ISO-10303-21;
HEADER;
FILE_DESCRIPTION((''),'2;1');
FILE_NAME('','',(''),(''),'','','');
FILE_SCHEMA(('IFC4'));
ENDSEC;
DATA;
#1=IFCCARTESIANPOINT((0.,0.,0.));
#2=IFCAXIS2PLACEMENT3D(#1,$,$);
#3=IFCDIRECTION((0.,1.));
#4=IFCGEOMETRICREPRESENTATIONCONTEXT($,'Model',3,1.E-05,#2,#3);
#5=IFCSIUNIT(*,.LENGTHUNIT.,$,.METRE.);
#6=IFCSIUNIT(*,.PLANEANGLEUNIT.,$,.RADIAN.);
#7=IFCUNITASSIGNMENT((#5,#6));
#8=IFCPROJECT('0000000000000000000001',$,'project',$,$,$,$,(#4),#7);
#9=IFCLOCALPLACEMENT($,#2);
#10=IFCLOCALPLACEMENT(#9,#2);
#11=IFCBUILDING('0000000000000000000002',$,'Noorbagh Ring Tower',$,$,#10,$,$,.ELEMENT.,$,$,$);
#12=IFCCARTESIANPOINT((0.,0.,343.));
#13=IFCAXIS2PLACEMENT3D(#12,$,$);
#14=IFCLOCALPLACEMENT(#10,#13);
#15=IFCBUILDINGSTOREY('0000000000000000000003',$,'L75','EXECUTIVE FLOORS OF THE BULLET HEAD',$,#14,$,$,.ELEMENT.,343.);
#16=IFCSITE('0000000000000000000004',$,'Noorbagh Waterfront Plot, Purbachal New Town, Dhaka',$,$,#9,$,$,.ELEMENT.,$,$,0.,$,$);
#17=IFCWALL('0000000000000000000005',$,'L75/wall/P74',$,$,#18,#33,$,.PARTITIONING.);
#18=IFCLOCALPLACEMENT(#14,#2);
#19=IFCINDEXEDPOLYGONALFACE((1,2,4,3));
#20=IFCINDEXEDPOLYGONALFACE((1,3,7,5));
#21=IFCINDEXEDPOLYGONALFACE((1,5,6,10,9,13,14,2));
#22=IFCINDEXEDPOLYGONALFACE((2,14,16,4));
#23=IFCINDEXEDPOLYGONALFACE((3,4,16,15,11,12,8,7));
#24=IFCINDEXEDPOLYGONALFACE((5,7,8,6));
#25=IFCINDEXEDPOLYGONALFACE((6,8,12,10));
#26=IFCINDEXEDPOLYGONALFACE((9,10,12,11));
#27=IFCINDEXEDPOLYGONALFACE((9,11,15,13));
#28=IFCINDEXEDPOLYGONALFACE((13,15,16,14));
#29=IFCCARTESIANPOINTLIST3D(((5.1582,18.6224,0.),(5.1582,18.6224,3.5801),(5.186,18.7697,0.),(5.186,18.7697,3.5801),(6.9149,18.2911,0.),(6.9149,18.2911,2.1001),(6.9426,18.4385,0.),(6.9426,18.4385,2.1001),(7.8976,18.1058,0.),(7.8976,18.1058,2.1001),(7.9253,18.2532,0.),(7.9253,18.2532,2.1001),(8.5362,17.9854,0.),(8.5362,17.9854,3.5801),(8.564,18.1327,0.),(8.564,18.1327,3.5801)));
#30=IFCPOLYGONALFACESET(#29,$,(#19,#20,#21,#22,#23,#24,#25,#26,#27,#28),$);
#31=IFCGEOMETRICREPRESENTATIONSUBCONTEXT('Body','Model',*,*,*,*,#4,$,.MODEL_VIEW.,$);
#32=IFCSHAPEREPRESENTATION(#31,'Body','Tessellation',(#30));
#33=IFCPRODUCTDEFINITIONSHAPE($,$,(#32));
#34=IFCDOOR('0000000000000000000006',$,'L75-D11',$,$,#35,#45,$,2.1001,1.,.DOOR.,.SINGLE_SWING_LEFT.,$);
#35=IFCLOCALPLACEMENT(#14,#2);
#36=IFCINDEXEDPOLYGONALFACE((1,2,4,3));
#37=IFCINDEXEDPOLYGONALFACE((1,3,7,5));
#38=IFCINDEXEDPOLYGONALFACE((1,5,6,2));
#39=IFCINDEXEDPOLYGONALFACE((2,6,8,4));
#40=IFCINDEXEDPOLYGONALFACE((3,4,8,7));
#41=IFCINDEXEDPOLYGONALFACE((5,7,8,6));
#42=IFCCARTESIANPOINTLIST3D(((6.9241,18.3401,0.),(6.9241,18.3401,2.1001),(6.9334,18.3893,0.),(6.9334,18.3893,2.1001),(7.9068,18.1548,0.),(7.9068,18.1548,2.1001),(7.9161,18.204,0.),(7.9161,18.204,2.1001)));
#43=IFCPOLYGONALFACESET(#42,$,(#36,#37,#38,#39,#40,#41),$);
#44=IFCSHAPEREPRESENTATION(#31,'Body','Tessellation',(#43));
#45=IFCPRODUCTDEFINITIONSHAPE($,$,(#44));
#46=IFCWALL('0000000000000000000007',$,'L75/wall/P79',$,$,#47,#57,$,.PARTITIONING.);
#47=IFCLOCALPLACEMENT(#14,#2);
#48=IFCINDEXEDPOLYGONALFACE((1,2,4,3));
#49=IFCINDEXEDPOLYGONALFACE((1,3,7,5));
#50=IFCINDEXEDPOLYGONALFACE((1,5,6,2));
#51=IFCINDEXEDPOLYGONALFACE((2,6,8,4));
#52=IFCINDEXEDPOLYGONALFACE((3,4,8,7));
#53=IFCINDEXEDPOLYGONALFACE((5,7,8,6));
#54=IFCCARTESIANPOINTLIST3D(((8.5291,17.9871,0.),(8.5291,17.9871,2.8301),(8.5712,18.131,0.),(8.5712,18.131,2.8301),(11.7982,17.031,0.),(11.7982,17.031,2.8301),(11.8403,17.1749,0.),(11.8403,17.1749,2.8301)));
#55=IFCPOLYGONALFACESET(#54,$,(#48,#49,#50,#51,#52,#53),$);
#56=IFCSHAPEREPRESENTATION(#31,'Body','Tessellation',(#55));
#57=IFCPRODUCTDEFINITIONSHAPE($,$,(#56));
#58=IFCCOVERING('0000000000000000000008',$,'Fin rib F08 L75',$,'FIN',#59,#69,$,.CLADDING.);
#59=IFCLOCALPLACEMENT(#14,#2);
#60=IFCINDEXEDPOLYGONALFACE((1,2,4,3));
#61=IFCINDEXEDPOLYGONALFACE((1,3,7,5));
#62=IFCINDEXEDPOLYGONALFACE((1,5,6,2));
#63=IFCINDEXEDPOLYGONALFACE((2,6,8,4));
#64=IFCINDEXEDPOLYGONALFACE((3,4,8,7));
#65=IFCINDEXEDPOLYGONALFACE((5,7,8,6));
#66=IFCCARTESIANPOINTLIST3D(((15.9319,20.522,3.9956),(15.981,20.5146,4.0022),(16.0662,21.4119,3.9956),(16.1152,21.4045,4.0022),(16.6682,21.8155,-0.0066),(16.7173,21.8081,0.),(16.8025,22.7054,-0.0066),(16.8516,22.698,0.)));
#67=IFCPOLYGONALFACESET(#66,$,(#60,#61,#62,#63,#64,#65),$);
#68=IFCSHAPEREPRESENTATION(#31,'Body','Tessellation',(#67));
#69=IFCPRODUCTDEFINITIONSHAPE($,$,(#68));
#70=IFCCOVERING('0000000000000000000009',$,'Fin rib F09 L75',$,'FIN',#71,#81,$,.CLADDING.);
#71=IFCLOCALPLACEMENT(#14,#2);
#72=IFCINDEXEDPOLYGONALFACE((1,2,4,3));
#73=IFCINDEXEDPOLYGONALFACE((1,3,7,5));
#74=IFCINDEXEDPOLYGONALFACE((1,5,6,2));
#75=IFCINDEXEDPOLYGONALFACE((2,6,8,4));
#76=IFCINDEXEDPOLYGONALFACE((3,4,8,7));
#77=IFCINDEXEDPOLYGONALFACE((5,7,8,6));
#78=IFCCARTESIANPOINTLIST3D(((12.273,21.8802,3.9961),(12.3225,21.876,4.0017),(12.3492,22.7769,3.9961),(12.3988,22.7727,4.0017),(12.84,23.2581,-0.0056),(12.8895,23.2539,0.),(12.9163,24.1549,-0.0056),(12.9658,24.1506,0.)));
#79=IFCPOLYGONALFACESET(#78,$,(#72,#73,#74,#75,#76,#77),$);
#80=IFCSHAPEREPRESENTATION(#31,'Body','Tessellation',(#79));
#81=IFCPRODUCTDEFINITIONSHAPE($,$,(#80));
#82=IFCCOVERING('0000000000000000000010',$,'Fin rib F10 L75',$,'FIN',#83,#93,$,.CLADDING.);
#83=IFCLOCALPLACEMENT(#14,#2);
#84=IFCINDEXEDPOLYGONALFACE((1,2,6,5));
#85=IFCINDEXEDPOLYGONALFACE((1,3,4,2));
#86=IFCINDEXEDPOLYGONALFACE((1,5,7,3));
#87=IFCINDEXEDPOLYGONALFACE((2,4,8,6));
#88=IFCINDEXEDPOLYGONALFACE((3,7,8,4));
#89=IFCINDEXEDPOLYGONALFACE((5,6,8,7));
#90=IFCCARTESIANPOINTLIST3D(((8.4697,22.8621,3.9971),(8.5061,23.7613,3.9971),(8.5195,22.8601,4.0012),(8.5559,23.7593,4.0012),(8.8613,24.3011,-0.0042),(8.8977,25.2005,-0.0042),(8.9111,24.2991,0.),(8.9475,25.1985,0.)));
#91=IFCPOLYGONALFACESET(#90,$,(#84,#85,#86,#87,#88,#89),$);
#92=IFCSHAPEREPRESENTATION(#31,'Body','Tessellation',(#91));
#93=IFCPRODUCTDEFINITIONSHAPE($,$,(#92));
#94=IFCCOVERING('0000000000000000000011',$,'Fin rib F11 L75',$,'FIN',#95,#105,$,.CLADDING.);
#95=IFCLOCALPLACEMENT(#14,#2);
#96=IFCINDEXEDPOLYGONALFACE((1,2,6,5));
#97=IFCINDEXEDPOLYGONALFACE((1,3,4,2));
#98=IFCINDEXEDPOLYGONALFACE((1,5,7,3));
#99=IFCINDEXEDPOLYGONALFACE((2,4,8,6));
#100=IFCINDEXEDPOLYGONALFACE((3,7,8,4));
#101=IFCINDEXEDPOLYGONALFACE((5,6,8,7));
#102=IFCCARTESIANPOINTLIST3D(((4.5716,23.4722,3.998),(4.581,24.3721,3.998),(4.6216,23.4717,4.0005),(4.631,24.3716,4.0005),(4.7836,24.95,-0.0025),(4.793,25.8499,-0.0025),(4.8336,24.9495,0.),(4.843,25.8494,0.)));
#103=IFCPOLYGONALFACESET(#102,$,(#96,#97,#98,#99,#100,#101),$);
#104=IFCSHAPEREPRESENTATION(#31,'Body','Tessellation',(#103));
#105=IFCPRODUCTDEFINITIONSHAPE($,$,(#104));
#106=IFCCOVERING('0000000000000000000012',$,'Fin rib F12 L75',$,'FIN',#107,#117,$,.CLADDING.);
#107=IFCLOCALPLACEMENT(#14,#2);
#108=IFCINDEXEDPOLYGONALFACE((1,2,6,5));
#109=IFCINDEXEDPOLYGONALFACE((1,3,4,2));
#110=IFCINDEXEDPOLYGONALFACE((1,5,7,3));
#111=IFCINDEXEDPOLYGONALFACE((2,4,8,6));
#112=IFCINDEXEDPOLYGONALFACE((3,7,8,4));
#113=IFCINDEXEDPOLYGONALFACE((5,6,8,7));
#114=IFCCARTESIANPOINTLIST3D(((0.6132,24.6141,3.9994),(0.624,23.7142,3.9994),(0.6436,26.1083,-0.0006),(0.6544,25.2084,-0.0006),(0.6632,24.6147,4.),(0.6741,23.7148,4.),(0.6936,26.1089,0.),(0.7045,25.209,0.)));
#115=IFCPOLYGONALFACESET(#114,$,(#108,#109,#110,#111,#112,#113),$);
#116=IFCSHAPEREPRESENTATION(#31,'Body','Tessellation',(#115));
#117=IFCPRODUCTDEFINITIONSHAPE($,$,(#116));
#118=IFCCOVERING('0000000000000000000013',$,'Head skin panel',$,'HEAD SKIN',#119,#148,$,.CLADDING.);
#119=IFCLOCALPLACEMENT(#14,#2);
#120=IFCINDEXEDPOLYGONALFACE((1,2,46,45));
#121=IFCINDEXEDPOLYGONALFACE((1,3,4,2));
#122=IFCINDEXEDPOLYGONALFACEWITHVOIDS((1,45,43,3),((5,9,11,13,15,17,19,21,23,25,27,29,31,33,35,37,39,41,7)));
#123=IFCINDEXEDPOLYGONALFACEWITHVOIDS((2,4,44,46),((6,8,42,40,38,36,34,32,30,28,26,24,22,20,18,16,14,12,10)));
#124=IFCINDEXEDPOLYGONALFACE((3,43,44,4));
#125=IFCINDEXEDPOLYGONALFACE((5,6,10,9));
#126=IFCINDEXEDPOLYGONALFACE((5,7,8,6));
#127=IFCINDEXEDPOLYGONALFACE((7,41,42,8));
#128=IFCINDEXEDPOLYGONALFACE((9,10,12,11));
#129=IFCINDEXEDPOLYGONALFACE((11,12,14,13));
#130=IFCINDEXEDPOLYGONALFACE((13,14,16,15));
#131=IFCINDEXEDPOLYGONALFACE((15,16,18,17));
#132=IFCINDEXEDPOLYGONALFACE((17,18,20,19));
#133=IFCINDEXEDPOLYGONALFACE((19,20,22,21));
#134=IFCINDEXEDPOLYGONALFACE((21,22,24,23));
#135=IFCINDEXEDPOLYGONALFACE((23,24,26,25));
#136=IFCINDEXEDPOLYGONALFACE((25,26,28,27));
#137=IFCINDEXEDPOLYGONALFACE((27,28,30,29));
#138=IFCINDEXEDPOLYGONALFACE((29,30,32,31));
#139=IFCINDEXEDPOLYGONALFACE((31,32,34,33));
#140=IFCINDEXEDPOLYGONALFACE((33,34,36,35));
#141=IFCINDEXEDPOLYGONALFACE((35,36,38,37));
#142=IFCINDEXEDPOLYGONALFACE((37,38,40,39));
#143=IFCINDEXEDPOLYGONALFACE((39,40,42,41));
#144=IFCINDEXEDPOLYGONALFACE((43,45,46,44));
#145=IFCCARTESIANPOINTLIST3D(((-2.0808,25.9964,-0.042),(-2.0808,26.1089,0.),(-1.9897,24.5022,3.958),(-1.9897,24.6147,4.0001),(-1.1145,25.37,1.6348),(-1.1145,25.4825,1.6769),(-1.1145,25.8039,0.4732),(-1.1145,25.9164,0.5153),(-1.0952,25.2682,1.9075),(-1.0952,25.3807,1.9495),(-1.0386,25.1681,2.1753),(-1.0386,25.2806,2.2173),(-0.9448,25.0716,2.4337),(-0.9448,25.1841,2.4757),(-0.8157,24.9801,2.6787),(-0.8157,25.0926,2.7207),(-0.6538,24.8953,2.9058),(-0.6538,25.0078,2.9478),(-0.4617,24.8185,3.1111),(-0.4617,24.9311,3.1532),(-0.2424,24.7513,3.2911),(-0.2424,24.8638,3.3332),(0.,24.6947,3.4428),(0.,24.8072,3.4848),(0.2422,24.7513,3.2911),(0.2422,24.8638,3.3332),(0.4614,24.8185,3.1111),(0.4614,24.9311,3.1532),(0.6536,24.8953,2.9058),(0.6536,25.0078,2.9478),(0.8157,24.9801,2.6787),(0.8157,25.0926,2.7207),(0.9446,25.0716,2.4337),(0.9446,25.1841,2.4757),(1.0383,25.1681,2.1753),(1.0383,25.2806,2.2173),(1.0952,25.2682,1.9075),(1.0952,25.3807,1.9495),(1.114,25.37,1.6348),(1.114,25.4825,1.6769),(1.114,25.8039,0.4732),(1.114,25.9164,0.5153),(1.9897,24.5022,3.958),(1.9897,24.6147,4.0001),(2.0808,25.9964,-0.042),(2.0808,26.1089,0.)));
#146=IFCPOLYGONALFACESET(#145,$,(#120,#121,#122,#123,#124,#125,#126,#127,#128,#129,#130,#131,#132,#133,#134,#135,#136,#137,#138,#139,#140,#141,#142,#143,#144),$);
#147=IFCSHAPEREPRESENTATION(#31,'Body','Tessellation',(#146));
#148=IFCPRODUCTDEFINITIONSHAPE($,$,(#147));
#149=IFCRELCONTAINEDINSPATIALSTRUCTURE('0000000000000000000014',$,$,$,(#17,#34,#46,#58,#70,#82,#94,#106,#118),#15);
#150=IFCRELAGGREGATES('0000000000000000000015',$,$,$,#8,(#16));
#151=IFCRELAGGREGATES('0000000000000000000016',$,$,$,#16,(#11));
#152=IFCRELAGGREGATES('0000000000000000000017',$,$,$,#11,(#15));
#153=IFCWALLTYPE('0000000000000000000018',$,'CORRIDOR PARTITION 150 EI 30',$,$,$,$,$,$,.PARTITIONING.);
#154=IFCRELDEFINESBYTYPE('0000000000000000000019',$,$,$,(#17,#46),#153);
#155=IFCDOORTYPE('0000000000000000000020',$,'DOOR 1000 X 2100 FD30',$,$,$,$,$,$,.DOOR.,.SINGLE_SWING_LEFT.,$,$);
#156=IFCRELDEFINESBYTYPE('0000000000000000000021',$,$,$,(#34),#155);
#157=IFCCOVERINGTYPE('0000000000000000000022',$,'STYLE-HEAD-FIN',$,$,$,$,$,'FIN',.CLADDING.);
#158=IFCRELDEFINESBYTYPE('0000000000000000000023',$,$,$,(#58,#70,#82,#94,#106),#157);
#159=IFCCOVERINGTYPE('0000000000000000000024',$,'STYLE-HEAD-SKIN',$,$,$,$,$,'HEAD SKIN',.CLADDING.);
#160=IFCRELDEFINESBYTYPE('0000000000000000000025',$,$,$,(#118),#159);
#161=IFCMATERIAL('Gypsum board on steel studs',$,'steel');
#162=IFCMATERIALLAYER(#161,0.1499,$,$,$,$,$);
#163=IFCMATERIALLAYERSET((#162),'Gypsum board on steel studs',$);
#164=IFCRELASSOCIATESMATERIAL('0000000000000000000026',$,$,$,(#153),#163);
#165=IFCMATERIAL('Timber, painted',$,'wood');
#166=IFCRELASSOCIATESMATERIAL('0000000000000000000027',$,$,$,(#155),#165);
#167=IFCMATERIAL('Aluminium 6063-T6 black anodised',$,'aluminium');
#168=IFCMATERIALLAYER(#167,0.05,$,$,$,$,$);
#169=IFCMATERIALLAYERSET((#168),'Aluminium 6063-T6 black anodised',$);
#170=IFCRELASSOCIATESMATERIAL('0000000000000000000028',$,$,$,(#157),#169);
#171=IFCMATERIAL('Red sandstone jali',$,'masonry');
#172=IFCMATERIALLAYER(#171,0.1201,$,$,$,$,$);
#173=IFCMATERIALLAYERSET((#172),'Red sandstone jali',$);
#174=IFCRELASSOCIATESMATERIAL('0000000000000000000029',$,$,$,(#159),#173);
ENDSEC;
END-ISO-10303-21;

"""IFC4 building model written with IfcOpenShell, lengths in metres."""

from ifc_helpers import new_model, si_unit, direction, frame, frame_2d, origin, place, context, subcontext, project, spatial, polyline, rectangle, outline, extrude, material, layer, layer_set, type_object, element, fill, save


model = new_model("IFC4")

# Units and contexts
model_context = context("Model", 3, precision=1e-05, world=origin(), true_north=direction((0.0, 1.0)))
body_context = subcontext(model_context, "Body", "Model", "MODEL_VIEW")
ifc_project = project(units=[si_unit("LENGTHUNIT", "METRE"), si_unit("PLANEANGLEUNIT", "RADIAN")], contexts=[model_context])

# Site, building, storey
site_placement = place(None, origin())
site = spatial("IfcSite", under=ifc_project, at=site_placement, Name="Noorbagh Waterfront Plot, Purbachal New Town, Dhaka", CompositionType="ELEMENT", RefElevation=0.0)
building_placement = place(site_placement, origin())
building = spatial("IfcBuilding", under=site, at=building_placement, Name="Noorbagh Ring Tower", CompositionType="ELEMENT")
storey_placement = place(building_placement, frame((0.0, 0.0, 343.0)))
storey = spatial("IfcBuildingStorey", under=building, at=storey_placement, Name="L75", Description="EXECUTIVE FLOORS OF THE BULLET HEAD", CompositionType="ELEMENT", Elevation=343.0)

# Shared definitions
ifc_material_1 = material(Name="Gypsum board on steel studs", Category="steel")
ifc_layer_1 = layer(ifc_material_1, 0.1499)
ifc_layer_set_1 = layer_set([ifc_layer_1], Name="Gypsum board on steel studs")
wall_type = type_object("IfcWallType", Name="CORRIDOR PARTITION 150 EI 30", PredefinedType="PARTITIONING", material=ifc_layer_set_1)

# Wall, opening, door
wall_1_placement = place(storey_placement, frame((5.1721, 18.696, 0.0), z_axis=(0.0, 0.0, 1.0), x_axis=(0.982682, -0.1853, 0.0)))
wall_1 = element("IfcWall", 1, at=wall_1_placement, inside=storey, type_object=wall_type, Name="L75/wall/P74", PredefinedType="PARTITIONING", context=body_context, shape_type="SweptSolid", body=[
    extrude(rectangle(XDim=3.4375, YDim=0.1499, at=frame_2d((1.7188, 0.0))), origin(), (0.0, 0.0, 1.0), 3.5801),
])
opening_placement = place(wall_1_placement, frame((1.7876, 0.0, 0.0)))
opening = element("IfcOpeningElement", 2, at=opening_placement, cuts=wall_1, PredefinedType="OPENING", context=body_context, shape_type="SweptSolid", body=[
    extrude(rectangle(XDim=1.0, YDim=2.1001, at=frame_2d((0.5, 1.05))), frame((0.0, 0.085, 0.0), z_axis=(0.0, -1.0, 0.0), x_axis=(1.0, 0.0, 0.0)), (0.0, 0.0, 1.0), 0.1699),
])
ifc_material_2 = material(Name="Timber, painted", Category="wood")
door_type = type_object("IfcDoorType", Name="DOOR 1000 X 2100 FD30", OperationType="SINGLE_SWING_LEFT", PredefinedType="DOOR", material=ifc_material_2)
door_placement = place(opening_placement, origin())
door = element("IfcDoor", 3, at=door_placement, inside=storey, type_object=door_type, Name="L75-D11", OperationType="SINGLE_SWING_LEFT", OverallHeight=2.1001, OverallWidth=1.0, PredefinedType="DOOR", context=body_context, shape_type="SweptSolid", body=[
    extrude(rectangle(XDim=1.0, YDim=2.1001, at=frame_2d((0.5, 1.05))), frame((0.0, 0.0249, 0.0), z_axis=(0.0, -1.0, 0.0), x_axis=(1.0, 0.0, 0.0)), (0.0, 0.0, 1.0), 0.05),
])
fill(opening, door)

# Wall
wall_2_placement = place(storey_placement, frame((8.55, 18.0591, 0.0), z_axis=(0.0, 0.0, 1.0), x_axis=(0.959796, -0.280699, 0.0)))
element("IfcWall", 4, at=wall_2_placement, inside=storey, type_object=wall_type, Name="L75/wall/P79", PredefinedType="PARTITIONING", context=body_context, shape_type="SweptSolid", body=[
    extrude(rectangle(XDim=3.406, YDim=0.1499, at=frame_2d((1.7031, 0.0))), origin(), (0.0, 0.0, 1.0), 2.8301),
])

# Coverings
ifc_material_3 = material(Name="Aluminium 6063-T6 black anodised", Category="aluminium")
ifc_layer_2 = layer(ifc_material_3, 0.05)
ifc_layer_set_2 = layer_set([ifc_layer_2], Name="Aluminium 6063-T6 black anodised")
covering_type_1 = type_object("IfcCoveringType", Name="STYLE-HEAD-FIN", ElementType="FIN", PredefinedType="CLADDING", material=ifc_layer_set_2)
covering_1_placement = place(storey_placement, frame((16.8516, 22.698, 0.0), z_axis=(0.980085, -0.147887, 0.132522), x_axis=(-0.172443, -0.302918, 0.937285)))
element("IfcCovering", 5, at=covering_1_placement, inside=storey, type_object=covering_type_1, Name="Fin rib F08 L75", ObjectType="FIN", PredefinedType="CLADDING", context=body_context, shape_type="SweptSolid", body=[
    extrude(outline(polyline([(0.0, 0.0), (4.27, 0.0), (4.5627, 0.851), (0.2927, 0.851), (0.0, 0.0)])), origin(), (0.0, 0.0, -1.0), 0.05),
])
covering_2_placement = place(storey_placement, frame((12.9658, 24.1506, 0.0), z_axis=(0.99021, -0.084247, 0.111297), x_axis=(-0.132787, -0.32269, 0.937144)))
element("IfcCovering", 6, at=covering_2_placement, inside=storey, type_object=covering_type_1, Name="Fin rib F09 L75", ObjectType="FIN", PredefinedType="CLADDING", context=body_context, shape_type="SweptSolid", body=[
    extrude(outline(polyline([(0.0, 0.0), (4.2701, 0.0), (4.5696, 0.8487), (0.2995, 0.8487), (0.0, 0.0)])), origin(), (0.0, 0.0, -1.0), 0.05),
])
covering_3_placement = place(storey_placement, frame((8.9475, 25.1985, 0.0), z_axis=(0.995738, -0.040278, 0.082967), x_axis=(-0.091707, -0.337037, 0.937014)))
element("IfcCovering", 7, at=covering_3_placement, inside=storey, type_object=covering_type_1, Name="Fin rib F10 L75", ObjectType="FIN", PredefinedType="CLADDING", context=body_context, shape_type="SweptSolid", body=[
    extrude(outline(polyline([(0.0, 0.0), (4.2702, 0.0), (4.5766, 0.8461), (0.3065, 0.8464), (0.0, 0.0)])), origin(), (0.0, 0.0, -1.0), 0.05),
])
covering_4_placement = place(storey_placement, frame((4.843, 25.8494, 0.0), z_axis=(0.99874, -0.010432, 0.049082), x_axis=(-0.049657, -0.346087, 0.936887)))
element("IfcCovering", 8, at=covering_4_placement, inside=storey, type_object=covering_type_1, Name="Fin rib F11 L75", ObjectType="FIN", PredefinedType="CLADDING", context=body_context, shape_type="SweptSolid", body=[
    extrude(outline(polyline([(0.0, 0.0), (4.27, 0.0), (4.5819, 0.8442), (0.3119, 0.8442), (0.0, 0.0)])), origin(), (0.0, 0.0, -1.0), 0.05),
])
covering_5_placement = place(storey_placement, frame((0.6936, 26.1089, 0.0), z_axis=(0.999854, 0.012071, 0.012107), x_axis=(-0.007118, -0.349911, 0.936756)))
element("IfcCovering", 9, at=covering_5_placement, inside=storey, type_object=covering_type_1, Name="Fin rib F12 L75", ObjectType="FIN", PredefinedType="CLADDING", context=body_context, shape_type="SweptSolid", body=[
    extrude(outline(polyline([(0.0, 0.0), (4.2701, 0.0), (4.5849, 0.8431), (0.3148, 0.8431), (0.0, 0.0)])), origin(), (0.0, 0.0, -1.0), 0.05),
])
ifc_material_4 = material(Name="Red sandstone jali", Category="masonry")
ifc_layer_3 = layer(ifc_material_4, 0.1201)
ifc_layer_set_3 = layer_set([ifc_layer_3], Name="Red sandstone jali")
covering_type_2 = type_object("IfcCoveringType", Name="STYLE-HEAD-SKIN", ElementType="HEAD SKIN", PredefinedType="CLADDING", material=ifc_layer_set_3)
covering_6_placement = place(storey_placement, frame((2.0808, 26.1089, 0.0), z_axis=(0.0, 0.93678, 0.34992), x_axis=(-1.0, 0.0, 0.0)))
element("IfcCovering", 10, at=covering_6_placement, inside=storey, type_object=covering_type_2, Name="Head skin panel", ObjectType="HEAD SKIN", PredefinedType="CLADDING", context=body_context, shape_type="SweptSolid", body=[
    extrude(outline(polyline([(0.0, 0.0), (4.1616, 0.0), (4.0706, 4.27), (0.0911, 4.27), (0.0, 0.0)]), holes=[polyline([(0.9668, 0.55), (0.9668, 1.79), (0.9856, 2.0811), (1.0425, 2.3669), (1.1362, 2.6428), (1.2651, 2.9043), (1.4272, 3.1467), (1.6194, 3.366), (1.8386, 3.5581), (2.0808, 3.72), (2.3232, 3.5581), (2.5425, 3.366), (2.7346, 3.1467), (2.8965, 2.9043), (3.0256, 2.6428), (3.1194, 2.3669), (3.176, 2.0811), (3.1953, 1.79), (3.1953, 0.55), (0.9668, 0.55)])]), origin(), (0.0, 0.0, -1.0), 0.1201),
])

save(model, "model.ifc")
